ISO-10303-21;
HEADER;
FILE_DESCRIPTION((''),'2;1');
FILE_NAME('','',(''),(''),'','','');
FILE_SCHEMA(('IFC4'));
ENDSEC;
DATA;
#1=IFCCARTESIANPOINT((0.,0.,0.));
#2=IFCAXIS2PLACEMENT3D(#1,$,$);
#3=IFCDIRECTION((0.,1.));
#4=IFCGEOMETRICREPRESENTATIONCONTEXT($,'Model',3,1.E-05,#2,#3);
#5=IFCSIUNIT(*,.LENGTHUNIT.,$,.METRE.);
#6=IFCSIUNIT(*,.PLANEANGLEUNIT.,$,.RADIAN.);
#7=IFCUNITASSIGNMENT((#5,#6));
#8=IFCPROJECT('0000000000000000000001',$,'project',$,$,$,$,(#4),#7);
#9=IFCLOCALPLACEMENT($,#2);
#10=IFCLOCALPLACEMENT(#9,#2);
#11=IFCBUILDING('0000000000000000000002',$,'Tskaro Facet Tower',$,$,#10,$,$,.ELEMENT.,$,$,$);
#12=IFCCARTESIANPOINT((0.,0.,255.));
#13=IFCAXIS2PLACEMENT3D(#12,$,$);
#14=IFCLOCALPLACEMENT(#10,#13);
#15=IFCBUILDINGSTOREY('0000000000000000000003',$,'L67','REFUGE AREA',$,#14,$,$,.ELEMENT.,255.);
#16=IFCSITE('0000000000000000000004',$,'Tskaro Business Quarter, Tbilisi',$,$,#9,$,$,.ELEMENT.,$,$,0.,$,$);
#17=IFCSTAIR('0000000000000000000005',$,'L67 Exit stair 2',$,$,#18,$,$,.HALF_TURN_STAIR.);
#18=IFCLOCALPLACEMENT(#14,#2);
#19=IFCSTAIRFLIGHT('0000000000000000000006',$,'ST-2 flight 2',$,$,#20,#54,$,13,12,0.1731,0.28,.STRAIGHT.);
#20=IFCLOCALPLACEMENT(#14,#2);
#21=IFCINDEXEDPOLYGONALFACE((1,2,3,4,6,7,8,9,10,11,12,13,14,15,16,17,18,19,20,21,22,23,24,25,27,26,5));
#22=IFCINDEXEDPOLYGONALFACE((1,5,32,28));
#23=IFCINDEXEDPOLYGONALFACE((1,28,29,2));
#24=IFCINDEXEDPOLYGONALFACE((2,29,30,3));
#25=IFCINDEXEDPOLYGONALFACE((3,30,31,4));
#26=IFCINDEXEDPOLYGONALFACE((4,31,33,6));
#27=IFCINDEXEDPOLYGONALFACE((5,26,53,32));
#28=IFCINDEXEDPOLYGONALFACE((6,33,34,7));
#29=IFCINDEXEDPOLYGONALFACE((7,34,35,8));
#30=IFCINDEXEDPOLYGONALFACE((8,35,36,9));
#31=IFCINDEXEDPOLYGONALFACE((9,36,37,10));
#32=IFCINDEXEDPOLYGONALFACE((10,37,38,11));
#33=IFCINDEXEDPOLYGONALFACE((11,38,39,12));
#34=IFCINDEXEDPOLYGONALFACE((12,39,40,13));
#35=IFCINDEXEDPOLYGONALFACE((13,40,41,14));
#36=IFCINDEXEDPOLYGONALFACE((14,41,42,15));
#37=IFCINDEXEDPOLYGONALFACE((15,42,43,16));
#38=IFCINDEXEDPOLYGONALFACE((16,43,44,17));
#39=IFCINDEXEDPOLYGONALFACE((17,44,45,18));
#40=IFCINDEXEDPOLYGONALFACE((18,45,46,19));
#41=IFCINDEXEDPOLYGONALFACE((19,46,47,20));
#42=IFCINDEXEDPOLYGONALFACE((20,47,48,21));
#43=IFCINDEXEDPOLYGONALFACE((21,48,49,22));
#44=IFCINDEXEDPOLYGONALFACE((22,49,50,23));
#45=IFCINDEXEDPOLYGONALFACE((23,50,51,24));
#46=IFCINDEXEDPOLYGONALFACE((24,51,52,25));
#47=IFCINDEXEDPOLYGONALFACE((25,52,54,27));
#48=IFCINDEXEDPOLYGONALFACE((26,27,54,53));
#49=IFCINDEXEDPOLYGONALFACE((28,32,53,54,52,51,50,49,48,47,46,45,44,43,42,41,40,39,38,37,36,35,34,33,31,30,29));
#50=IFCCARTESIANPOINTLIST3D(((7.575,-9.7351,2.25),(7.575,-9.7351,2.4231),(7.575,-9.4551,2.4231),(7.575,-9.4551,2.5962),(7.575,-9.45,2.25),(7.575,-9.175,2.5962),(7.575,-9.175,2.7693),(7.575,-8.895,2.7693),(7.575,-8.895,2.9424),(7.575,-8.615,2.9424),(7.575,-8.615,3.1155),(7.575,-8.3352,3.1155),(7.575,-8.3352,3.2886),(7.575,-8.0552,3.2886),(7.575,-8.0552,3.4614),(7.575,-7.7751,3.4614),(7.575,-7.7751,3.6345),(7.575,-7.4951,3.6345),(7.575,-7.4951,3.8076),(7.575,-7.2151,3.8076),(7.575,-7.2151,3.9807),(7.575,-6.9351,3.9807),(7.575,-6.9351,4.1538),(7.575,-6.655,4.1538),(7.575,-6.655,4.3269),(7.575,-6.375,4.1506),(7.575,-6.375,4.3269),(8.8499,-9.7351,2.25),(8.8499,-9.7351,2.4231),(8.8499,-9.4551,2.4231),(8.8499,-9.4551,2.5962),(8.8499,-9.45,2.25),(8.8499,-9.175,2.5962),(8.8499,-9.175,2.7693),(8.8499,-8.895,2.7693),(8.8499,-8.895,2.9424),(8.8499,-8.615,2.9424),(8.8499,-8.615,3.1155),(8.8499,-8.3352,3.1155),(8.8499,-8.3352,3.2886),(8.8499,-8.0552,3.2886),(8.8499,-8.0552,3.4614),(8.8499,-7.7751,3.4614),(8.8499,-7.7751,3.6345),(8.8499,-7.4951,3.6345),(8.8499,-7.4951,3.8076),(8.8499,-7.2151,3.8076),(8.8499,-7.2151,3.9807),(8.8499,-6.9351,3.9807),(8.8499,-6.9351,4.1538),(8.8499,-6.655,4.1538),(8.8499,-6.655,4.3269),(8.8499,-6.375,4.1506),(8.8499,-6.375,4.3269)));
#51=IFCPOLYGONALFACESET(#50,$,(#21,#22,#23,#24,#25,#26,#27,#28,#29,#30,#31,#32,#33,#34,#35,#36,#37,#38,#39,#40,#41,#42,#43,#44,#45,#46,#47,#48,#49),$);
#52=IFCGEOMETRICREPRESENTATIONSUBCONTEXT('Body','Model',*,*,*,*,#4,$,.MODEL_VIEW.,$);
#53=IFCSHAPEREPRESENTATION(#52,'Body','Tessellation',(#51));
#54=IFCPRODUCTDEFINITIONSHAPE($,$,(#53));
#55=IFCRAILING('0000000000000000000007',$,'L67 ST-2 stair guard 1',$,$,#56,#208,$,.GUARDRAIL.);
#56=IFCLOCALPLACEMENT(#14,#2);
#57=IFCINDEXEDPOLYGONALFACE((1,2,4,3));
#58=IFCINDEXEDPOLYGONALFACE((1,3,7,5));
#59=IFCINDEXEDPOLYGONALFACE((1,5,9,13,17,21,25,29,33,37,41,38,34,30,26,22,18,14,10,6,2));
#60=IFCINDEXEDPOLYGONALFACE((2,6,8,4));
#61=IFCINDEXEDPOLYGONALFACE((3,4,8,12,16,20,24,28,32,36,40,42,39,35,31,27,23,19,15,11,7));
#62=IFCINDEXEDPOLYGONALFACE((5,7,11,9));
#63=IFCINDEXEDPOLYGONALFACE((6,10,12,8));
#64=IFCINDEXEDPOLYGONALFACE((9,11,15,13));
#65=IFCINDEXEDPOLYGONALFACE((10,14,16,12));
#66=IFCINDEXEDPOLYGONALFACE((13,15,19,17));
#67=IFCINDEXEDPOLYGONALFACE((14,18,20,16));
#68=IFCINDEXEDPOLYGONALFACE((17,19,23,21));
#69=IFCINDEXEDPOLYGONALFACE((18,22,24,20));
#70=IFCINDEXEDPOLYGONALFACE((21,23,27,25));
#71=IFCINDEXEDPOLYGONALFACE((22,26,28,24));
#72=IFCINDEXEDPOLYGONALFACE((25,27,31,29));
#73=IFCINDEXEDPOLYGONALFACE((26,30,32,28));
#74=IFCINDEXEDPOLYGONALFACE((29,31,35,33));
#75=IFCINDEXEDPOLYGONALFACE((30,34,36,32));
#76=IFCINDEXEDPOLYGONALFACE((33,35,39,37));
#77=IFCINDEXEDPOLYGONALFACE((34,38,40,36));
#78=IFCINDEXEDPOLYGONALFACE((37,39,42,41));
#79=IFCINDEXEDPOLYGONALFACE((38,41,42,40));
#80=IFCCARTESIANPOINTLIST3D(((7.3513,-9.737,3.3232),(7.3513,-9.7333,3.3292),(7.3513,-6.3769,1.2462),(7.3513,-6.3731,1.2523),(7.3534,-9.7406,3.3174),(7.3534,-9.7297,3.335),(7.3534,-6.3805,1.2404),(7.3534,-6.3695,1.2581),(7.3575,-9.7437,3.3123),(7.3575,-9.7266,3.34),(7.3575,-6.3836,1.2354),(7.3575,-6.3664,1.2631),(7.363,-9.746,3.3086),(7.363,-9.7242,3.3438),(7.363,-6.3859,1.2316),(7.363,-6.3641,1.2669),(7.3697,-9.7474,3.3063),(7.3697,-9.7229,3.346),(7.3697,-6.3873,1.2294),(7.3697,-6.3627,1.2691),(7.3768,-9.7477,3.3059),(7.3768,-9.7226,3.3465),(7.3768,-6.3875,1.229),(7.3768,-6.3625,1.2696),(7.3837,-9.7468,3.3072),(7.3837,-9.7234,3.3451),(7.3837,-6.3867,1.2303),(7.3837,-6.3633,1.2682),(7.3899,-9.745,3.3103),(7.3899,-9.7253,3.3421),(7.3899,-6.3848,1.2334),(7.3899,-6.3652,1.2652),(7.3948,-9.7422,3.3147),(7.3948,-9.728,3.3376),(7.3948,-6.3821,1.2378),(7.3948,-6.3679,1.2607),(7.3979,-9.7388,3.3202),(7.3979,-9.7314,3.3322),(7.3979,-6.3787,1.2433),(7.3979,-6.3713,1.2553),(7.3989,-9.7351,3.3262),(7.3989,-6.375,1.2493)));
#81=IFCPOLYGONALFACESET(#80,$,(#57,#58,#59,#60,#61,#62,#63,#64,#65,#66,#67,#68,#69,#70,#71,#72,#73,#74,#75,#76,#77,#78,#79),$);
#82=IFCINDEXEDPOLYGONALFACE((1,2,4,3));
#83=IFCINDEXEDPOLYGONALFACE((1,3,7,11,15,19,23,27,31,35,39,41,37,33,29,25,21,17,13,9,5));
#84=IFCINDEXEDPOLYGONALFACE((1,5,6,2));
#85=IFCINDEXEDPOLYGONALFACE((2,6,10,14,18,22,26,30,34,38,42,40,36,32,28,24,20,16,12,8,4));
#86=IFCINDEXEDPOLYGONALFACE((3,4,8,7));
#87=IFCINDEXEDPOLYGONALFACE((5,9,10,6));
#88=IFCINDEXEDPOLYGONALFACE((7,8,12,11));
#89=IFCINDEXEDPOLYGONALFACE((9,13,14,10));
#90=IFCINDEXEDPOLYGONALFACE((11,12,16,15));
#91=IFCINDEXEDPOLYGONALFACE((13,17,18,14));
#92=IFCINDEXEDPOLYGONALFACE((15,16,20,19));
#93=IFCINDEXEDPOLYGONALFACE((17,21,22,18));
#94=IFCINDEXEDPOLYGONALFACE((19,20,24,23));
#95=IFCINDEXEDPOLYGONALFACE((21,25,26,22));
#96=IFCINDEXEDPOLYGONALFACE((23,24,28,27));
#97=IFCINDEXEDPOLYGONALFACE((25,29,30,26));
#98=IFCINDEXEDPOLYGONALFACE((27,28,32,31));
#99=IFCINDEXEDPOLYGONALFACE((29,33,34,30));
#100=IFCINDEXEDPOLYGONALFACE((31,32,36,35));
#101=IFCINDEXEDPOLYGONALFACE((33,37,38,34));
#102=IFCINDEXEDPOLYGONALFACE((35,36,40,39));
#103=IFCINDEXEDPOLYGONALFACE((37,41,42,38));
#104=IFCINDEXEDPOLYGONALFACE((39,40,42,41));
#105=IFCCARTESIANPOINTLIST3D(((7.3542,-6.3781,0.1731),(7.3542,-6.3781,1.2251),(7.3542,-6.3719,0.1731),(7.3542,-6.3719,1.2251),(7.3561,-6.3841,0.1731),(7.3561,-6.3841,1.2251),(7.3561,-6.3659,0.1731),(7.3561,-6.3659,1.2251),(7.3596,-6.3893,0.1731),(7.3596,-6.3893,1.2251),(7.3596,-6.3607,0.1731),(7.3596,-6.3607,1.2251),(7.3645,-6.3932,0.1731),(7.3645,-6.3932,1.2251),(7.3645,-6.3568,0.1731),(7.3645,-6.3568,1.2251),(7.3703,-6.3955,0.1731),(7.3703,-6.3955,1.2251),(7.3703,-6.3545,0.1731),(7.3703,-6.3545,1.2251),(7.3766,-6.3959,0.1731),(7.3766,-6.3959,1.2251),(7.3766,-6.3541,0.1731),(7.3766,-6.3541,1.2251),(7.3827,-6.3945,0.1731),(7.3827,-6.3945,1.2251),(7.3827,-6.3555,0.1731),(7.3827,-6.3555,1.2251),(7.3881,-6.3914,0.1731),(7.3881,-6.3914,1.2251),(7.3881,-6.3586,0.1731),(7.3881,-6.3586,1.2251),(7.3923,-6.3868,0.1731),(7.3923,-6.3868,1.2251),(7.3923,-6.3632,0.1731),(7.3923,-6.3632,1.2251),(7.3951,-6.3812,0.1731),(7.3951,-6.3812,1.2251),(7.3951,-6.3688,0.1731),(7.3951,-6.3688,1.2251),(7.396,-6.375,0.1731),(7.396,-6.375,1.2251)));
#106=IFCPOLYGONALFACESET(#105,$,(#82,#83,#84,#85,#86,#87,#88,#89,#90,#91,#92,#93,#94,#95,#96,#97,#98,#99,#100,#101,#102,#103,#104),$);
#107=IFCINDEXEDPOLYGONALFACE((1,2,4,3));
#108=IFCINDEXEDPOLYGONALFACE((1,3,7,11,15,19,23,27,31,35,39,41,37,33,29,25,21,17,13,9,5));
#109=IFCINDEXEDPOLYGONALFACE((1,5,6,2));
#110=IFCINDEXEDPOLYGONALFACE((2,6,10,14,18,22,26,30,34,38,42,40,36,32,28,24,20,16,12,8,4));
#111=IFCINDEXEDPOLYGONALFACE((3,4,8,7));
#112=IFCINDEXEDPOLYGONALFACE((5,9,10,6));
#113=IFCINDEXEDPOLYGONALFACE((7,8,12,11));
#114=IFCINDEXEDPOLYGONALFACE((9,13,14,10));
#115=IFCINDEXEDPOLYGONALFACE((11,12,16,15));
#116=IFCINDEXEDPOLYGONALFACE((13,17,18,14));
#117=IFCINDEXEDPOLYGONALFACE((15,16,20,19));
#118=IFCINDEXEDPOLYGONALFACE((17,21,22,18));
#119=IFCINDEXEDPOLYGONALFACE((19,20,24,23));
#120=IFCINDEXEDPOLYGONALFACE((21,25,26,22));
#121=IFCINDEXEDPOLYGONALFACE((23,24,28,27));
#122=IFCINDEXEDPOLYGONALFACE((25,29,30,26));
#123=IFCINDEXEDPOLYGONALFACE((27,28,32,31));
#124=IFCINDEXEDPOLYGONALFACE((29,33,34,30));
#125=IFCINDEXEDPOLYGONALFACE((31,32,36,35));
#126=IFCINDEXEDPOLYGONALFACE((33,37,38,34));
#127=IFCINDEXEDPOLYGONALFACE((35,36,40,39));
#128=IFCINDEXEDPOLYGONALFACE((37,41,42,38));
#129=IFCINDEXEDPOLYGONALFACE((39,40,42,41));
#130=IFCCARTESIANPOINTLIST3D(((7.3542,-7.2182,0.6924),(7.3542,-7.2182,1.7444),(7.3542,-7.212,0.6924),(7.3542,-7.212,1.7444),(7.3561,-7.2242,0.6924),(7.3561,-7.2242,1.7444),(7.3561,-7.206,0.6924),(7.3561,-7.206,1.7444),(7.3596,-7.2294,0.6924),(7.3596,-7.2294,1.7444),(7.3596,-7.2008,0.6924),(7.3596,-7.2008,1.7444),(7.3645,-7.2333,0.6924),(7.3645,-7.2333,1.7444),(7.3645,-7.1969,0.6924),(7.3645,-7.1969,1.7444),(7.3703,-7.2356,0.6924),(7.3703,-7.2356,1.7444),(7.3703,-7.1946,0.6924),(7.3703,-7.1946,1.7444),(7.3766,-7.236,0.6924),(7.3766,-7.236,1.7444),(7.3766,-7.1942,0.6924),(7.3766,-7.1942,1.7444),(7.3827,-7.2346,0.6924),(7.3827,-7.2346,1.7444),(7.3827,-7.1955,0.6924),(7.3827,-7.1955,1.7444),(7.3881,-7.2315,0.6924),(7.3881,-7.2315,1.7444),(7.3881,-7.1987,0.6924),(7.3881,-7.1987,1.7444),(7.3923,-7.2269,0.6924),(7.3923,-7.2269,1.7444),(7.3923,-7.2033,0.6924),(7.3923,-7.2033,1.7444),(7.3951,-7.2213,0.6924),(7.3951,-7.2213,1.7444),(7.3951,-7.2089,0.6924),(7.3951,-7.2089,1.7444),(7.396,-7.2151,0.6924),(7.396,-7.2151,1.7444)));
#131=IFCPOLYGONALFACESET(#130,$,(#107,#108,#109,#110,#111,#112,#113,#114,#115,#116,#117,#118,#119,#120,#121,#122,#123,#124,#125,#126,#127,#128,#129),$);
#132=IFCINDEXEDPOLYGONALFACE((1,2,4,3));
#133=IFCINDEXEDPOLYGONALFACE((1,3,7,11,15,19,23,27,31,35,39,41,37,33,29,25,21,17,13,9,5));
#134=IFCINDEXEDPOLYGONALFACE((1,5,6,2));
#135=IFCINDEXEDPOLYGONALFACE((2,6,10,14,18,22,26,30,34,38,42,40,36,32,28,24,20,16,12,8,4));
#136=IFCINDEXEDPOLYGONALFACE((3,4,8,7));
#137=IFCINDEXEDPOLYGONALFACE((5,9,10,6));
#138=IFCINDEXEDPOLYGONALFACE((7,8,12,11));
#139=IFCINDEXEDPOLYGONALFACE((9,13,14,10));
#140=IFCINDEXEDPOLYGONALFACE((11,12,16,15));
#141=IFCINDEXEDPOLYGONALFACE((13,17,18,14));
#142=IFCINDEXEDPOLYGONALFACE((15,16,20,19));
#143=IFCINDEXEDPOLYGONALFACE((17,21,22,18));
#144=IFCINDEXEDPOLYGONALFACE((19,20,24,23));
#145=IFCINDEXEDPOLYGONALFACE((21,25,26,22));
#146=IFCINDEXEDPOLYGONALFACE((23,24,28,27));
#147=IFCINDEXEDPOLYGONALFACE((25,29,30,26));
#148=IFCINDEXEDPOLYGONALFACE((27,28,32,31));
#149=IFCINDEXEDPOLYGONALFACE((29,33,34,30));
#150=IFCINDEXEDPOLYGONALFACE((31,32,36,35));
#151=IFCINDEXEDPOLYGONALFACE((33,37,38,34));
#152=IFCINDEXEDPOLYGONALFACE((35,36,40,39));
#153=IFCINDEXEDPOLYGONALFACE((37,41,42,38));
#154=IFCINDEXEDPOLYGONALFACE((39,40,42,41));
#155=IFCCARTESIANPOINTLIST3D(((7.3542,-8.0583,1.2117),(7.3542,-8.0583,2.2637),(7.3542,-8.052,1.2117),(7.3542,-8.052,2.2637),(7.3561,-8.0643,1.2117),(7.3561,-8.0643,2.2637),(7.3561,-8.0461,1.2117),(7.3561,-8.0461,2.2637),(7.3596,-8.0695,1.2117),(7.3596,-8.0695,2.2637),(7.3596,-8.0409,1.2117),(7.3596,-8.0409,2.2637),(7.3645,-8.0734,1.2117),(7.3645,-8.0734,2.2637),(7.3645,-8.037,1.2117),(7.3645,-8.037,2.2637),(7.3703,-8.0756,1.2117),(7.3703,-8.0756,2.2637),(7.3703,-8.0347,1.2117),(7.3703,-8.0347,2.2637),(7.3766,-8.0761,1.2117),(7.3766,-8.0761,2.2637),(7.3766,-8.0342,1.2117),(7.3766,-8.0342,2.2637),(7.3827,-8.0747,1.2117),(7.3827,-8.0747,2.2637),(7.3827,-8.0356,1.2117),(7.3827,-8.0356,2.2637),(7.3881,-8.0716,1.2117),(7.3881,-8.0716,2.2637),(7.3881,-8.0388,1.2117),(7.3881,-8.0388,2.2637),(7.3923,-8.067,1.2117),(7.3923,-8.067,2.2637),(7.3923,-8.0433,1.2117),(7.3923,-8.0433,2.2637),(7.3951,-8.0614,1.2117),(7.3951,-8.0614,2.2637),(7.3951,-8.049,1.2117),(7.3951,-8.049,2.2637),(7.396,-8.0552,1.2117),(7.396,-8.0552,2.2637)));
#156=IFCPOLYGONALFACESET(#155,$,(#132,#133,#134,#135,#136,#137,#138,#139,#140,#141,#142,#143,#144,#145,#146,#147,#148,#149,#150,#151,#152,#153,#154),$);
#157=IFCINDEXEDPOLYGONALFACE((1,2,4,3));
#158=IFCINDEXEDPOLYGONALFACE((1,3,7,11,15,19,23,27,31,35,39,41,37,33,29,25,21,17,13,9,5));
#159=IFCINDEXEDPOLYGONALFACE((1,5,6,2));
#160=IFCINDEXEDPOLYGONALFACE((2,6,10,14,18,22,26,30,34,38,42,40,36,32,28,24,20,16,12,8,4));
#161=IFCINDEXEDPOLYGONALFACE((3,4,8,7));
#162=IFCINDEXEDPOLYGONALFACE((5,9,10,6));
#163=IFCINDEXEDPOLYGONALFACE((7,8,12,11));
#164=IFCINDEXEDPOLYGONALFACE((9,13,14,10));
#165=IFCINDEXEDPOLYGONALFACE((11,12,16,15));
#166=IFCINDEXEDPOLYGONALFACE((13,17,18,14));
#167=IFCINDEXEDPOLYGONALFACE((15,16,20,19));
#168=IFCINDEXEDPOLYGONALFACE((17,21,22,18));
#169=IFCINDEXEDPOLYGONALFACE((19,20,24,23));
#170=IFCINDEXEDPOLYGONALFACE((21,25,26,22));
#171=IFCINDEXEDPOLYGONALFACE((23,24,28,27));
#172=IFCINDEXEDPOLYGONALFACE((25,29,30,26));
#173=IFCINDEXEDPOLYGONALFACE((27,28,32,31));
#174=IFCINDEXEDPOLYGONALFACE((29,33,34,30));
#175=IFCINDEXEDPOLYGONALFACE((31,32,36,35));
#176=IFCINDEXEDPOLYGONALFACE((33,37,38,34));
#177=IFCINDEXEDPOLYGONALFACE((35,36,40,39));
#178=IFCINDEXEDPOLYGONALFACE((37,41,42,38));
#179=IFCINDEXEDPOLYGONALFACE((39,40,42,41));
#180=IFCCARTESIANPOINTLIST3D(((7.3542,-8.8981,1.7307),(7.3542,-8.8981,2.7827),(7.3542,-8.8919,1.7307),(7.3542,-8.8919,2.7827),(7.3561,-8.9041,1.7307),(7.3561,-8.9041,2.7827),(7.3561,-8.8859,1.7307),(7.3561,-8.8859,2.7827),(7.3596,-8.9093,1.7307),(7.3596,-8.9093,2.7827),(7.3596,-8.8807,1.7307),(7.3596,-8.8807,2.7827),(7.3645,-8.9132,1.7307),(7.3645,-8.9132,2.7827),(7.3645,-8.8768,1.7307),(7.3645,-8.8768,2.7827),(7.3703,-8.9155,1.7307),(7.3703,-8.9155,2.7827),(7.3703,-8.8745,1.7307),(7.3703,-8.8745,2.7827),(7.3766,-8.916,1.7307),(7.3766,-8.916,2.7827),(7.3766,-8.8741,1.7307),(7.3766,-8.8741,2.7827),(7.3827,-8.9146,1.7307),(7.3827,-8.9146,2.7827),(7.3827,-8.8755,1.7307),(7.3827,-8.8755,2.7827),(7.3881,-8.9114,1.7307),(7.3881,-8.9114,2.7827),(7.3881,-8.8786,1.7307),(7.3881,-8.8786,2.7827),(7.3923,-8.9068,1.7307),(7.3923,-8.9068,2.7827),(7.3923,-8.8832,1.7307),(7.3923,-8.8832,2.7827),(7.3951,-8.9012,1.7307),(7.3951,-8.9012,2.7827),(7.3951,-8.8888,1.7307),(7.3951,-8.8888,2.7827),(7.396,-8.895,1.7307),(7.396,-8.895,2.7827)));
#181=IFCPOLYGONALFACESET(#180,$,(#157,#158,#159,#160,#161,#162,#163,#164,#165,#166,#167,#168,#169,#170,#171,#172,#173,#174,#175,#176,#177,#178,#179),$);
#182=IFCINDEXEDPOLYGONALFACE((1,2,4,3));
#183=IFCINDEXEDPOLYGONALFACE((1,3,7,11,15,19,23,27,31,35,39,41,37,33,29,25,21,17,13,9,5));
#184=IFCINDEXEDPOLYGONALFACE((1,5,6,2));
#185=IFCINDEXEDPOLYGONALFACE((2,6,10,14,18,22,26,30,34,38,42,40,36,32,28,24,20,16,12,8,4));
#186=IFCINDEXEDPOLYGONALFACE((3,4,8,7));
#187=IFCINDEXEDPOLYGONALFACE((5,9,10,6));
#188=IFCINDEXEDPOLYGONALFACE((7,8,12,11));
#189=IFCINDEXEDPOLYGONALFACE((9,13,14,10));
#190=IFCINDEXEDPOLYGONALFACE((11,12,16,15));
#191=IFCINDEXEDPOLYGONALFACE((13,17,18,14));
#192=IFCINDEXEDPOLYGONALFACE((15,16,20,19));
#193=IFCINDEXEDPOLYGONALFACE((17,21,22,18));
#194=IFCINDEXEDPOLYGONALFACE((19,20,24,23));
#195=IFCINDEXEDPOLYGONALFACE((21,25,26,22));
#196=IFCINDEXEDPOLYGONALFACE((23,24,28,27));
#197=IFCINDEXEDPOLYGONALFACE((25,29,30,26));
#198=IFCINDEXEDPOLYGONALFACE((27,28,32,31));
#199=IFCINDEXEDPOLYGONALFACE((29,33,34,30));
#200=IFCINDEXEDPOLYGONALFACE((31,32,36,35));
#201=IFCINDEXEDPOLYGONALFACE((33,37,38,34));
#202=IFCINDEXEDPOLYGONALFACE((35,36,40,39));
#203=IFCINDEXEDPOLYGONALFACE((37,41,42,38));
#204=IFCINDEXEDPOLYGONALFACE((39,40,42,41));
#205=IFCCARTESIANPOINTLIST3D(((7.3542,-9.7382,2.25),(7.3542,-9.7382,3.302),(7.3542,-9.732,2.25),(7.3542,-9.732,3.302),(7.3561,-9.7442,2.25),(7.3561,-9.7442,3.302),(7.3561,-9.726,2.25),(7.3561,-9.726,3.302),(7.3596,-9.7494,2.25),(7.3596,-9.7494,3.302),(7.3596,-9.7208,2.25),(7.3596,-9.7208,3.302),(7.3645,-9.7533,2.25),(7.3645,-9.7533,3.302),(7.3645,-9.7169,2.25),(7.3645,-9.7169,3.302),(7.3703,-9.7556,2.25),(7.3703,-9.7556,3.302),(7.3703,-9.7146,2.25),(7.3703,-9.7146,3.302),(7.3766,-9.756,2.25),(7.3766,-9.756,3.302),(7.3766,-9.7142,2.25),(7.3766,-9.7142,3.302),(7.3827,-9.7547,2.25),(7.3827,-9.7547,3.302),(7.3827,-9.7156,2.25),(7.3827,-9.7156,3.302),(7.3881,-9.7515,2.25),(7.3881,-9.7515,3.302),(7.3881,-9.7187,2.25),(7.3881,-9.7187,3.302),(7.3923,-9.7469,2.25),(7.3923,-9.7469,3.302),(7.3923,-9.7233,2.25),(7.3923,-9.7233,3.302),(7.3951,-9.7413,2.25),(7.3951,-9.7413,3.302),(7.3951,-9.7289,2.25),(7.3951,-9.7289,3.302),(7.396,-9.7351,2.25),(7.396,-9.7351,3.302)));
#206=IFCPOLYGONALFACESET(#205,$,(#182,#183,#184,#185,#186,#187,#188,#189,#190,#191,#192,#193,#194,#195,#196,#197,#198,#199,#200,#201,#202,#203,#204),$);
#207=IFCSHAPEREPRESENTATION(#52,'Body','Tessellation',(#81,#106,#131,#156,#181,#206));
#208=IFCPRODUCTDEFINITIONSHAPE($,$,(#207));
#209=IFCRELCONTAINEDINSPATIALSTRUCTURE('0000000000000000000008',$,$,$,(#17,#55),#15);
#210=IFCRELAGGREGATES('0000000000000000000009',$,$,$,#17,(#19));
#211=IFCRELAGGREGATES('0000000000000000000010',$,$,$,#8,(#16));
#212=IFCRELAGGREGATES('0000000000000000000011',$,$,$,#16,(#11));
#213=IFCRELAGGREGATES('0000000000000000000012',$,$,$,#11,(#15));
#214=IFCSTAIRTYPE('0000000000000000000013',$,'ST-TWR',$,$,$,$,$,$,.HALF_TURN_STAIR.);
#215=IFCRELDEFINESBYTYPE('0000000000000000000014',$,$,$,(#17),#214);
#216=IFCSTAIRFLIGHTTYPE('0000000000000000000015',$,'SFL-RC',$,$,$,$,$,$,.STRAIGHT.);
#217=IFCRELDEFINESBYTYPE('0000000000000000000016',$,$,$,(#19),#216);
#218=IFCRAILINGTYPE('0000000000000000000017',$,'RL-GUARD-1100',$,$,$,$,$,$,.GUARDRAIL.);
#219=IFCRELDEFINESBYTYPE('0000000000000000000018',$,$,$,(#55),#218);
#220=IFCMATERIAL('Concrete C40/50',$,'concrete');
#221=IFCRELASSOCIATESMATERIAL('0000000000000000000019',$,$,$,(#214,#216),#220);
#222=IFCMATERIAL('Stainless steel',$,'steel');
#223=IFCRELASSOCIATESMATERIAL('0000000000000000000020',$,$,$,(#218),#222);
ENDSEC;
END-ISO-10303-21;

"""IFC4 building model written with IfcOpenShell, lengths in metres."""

from ifc_helpers import new_model, si_unit, direction, frame, origin, origin_2d, place, context, subcontext, project, spatial, polyline, circle, outline, extrude, material, type_object, element, aggregate, save


model = new_model("IFC4")

# Units and contexts
model_context = context("Model", 3, precision=1e-05, world=origin(), true_north=direction((0.0, 1.0)))
body_context = subcontext(model_context, "Body", "Model", "MODEL_VIEW")
ifc_project = project(units=[si_unit("LENGTHUNIT", "METRE"), si_unit("PLANEANGLEUNIT", "RADIAN")], contexts=[model_context])

# Site, building, storey
site_placement = place(None, origin())
site = spatial("IfcSite", under=ifc_project, at=site_placement, Name="Tskaro Business Quarter, Tbilisi", CompositionType="ELEMENT", RefElevation=0.0)
building_placement = place(site_placement, origin())
building = spatial("IfcBuilding", under=site, at=building_placement, Name="Tskaro Facet Tower", CompositionType="ELEMENT")
storey_placement = place(building_placement, frame((0.0, 0.0, 255.0)))
storey = spatial("IfcBuildingStorey", under=building, at=storey_placement, Name="L67", Description="REFUGE AREA", CompositionType="ELEMENT", Elevation=255.0)

# Shared definitions
ifc_material_1 = material(Name="Concrete C40/50", Category="concrete")

# Stair, stair flight
stair_type = type_object("IfcStairType", Name="ST-TWR", PredefinedType="HALF_TURN_STAIR", material=ifc_material_1)
stair_placement = place(storey_placement, origin())
stair = element("IfcStair", 1, at=stair_placement, inside=storey, type_object=stair_type, Name="L67 Exit stair 2", PredefinedType="HALF_TURN_STAIR")
stair_flight_type = type_object("IfcStairFlightType", Name="SFL-RC", PredefinedType="STRAIGHT", material=ifc_material_1)
stair_flight_1_placement = place(storey_placement, frame((8.2124, -9.7351, 2.25), z_axis=(0.0, 0.0, 1.0), x_axis=(0.0, 1.0, 0.0)))
stair_flight_1 = element("IfcStairFlight", 2, at=stair_flight_1_placement, type_object=stair_flight_type, Name="ST-2 flight 2", NumberOfRisers=13, NumberOfTreads=12, PredefinedType="STRAIGHT", RiserHeight=0.1731, TreadLength=0.28, context=body_context, shape_type="SweptSolid", body=[
    extrude(outline(polyline([(0.0, 0.0), (0.0, 0.1731), (0.28, 0.1731), (0.28, 0.3462), (0.5601, 0.3462), (0.5601, 0.5193), (0.8401, 0.5193), (0.8401, 0.6924), (1.1201, 0.6924), (1.1201, 0.8655), (1.3999, 0.8655), (1.3999, 1.0386), (1.6799, 1.0386), (1.6799, 1.2114), (1.96, 1.2114), (1.96, 1.3845), (2.24, 1.3845), (2.24, 1.5576), (2.52, 1.5576), (2.52, 1.7307), (2.8, 1.7307), (2.8, 1.9038), (3.0801, 1.9038), (3.0801, 2.0769), (3.3601, 2.0769), (3.3601, 2.25), (3.3601, 1.9006), (0.2852, 0.0), (0.0, 0.0)])), frame((0.0, 0.6375, 0.0), z_axis=(0.0, -1.0, 0.0), x_axis=(1.0, 0.0, 0.0)), (0.0, 0.0, 1.0), 1.2749),
])
aggregate(stair, [stair_flight_1])

# Railing
ifc_material_2 = material(Name="Stainless steel", Category="steel")
railing_type_1 = type_object("IfcRailingType", Name="RL-GUARD-1100", PredefinedType="GUARDRAIL", material=ifc_material_2)
railing_1_placement = place(storey_placement, frame((7.375, -6.375, 0.1731)))
element("IfcRailing", 3, at=railing_1_placement, inside=storey, type_object=railing_type_1, Name="L67 ST-2 stair guard 1", PredefinedType="GUARDRAIL", context=body_context, shape_type="SweptSolid", body=[
    extrude(circle(Radius=0.0239, at=origin_2d()), frame((0.0, 0.0, 1.0762), z_axis=(0.0, -0.850623, 0.525776), x_axis=(1.0, 0.0, 0.0)), (0.0, 0.0, 1.0), 3.9502),
    extrude(circle(Radius=0.021, at=origin_2d()), origin(), (0.0, 0.0, 1.0), 1.052),
    extrude(circle(Radius=0.021, at=origin_2d()), frame((0.0, -0.8401, 0.5193)), (0.0, 0.0, 1.0), 1.052),
    extrude(circle(Radius=0.021, at=origin_2d()), frame((0.0, -1.6802, 1.0386)), (0.0, 0.0, 1.0), 1.052),
    extrude(circle(Radius=0.021, at=origin_2d()), frame((0.0, -2.52, 1.5576)), (0.0, 0.0, 1.0), 1.052),
    extrude(circle(Radius=0.021, at=origin_2d()), frame((0.0, -3.3601, 2.0769)), (0.0, 0.0, 1.0), 1.052),
])

save(model, "model.ifc")
